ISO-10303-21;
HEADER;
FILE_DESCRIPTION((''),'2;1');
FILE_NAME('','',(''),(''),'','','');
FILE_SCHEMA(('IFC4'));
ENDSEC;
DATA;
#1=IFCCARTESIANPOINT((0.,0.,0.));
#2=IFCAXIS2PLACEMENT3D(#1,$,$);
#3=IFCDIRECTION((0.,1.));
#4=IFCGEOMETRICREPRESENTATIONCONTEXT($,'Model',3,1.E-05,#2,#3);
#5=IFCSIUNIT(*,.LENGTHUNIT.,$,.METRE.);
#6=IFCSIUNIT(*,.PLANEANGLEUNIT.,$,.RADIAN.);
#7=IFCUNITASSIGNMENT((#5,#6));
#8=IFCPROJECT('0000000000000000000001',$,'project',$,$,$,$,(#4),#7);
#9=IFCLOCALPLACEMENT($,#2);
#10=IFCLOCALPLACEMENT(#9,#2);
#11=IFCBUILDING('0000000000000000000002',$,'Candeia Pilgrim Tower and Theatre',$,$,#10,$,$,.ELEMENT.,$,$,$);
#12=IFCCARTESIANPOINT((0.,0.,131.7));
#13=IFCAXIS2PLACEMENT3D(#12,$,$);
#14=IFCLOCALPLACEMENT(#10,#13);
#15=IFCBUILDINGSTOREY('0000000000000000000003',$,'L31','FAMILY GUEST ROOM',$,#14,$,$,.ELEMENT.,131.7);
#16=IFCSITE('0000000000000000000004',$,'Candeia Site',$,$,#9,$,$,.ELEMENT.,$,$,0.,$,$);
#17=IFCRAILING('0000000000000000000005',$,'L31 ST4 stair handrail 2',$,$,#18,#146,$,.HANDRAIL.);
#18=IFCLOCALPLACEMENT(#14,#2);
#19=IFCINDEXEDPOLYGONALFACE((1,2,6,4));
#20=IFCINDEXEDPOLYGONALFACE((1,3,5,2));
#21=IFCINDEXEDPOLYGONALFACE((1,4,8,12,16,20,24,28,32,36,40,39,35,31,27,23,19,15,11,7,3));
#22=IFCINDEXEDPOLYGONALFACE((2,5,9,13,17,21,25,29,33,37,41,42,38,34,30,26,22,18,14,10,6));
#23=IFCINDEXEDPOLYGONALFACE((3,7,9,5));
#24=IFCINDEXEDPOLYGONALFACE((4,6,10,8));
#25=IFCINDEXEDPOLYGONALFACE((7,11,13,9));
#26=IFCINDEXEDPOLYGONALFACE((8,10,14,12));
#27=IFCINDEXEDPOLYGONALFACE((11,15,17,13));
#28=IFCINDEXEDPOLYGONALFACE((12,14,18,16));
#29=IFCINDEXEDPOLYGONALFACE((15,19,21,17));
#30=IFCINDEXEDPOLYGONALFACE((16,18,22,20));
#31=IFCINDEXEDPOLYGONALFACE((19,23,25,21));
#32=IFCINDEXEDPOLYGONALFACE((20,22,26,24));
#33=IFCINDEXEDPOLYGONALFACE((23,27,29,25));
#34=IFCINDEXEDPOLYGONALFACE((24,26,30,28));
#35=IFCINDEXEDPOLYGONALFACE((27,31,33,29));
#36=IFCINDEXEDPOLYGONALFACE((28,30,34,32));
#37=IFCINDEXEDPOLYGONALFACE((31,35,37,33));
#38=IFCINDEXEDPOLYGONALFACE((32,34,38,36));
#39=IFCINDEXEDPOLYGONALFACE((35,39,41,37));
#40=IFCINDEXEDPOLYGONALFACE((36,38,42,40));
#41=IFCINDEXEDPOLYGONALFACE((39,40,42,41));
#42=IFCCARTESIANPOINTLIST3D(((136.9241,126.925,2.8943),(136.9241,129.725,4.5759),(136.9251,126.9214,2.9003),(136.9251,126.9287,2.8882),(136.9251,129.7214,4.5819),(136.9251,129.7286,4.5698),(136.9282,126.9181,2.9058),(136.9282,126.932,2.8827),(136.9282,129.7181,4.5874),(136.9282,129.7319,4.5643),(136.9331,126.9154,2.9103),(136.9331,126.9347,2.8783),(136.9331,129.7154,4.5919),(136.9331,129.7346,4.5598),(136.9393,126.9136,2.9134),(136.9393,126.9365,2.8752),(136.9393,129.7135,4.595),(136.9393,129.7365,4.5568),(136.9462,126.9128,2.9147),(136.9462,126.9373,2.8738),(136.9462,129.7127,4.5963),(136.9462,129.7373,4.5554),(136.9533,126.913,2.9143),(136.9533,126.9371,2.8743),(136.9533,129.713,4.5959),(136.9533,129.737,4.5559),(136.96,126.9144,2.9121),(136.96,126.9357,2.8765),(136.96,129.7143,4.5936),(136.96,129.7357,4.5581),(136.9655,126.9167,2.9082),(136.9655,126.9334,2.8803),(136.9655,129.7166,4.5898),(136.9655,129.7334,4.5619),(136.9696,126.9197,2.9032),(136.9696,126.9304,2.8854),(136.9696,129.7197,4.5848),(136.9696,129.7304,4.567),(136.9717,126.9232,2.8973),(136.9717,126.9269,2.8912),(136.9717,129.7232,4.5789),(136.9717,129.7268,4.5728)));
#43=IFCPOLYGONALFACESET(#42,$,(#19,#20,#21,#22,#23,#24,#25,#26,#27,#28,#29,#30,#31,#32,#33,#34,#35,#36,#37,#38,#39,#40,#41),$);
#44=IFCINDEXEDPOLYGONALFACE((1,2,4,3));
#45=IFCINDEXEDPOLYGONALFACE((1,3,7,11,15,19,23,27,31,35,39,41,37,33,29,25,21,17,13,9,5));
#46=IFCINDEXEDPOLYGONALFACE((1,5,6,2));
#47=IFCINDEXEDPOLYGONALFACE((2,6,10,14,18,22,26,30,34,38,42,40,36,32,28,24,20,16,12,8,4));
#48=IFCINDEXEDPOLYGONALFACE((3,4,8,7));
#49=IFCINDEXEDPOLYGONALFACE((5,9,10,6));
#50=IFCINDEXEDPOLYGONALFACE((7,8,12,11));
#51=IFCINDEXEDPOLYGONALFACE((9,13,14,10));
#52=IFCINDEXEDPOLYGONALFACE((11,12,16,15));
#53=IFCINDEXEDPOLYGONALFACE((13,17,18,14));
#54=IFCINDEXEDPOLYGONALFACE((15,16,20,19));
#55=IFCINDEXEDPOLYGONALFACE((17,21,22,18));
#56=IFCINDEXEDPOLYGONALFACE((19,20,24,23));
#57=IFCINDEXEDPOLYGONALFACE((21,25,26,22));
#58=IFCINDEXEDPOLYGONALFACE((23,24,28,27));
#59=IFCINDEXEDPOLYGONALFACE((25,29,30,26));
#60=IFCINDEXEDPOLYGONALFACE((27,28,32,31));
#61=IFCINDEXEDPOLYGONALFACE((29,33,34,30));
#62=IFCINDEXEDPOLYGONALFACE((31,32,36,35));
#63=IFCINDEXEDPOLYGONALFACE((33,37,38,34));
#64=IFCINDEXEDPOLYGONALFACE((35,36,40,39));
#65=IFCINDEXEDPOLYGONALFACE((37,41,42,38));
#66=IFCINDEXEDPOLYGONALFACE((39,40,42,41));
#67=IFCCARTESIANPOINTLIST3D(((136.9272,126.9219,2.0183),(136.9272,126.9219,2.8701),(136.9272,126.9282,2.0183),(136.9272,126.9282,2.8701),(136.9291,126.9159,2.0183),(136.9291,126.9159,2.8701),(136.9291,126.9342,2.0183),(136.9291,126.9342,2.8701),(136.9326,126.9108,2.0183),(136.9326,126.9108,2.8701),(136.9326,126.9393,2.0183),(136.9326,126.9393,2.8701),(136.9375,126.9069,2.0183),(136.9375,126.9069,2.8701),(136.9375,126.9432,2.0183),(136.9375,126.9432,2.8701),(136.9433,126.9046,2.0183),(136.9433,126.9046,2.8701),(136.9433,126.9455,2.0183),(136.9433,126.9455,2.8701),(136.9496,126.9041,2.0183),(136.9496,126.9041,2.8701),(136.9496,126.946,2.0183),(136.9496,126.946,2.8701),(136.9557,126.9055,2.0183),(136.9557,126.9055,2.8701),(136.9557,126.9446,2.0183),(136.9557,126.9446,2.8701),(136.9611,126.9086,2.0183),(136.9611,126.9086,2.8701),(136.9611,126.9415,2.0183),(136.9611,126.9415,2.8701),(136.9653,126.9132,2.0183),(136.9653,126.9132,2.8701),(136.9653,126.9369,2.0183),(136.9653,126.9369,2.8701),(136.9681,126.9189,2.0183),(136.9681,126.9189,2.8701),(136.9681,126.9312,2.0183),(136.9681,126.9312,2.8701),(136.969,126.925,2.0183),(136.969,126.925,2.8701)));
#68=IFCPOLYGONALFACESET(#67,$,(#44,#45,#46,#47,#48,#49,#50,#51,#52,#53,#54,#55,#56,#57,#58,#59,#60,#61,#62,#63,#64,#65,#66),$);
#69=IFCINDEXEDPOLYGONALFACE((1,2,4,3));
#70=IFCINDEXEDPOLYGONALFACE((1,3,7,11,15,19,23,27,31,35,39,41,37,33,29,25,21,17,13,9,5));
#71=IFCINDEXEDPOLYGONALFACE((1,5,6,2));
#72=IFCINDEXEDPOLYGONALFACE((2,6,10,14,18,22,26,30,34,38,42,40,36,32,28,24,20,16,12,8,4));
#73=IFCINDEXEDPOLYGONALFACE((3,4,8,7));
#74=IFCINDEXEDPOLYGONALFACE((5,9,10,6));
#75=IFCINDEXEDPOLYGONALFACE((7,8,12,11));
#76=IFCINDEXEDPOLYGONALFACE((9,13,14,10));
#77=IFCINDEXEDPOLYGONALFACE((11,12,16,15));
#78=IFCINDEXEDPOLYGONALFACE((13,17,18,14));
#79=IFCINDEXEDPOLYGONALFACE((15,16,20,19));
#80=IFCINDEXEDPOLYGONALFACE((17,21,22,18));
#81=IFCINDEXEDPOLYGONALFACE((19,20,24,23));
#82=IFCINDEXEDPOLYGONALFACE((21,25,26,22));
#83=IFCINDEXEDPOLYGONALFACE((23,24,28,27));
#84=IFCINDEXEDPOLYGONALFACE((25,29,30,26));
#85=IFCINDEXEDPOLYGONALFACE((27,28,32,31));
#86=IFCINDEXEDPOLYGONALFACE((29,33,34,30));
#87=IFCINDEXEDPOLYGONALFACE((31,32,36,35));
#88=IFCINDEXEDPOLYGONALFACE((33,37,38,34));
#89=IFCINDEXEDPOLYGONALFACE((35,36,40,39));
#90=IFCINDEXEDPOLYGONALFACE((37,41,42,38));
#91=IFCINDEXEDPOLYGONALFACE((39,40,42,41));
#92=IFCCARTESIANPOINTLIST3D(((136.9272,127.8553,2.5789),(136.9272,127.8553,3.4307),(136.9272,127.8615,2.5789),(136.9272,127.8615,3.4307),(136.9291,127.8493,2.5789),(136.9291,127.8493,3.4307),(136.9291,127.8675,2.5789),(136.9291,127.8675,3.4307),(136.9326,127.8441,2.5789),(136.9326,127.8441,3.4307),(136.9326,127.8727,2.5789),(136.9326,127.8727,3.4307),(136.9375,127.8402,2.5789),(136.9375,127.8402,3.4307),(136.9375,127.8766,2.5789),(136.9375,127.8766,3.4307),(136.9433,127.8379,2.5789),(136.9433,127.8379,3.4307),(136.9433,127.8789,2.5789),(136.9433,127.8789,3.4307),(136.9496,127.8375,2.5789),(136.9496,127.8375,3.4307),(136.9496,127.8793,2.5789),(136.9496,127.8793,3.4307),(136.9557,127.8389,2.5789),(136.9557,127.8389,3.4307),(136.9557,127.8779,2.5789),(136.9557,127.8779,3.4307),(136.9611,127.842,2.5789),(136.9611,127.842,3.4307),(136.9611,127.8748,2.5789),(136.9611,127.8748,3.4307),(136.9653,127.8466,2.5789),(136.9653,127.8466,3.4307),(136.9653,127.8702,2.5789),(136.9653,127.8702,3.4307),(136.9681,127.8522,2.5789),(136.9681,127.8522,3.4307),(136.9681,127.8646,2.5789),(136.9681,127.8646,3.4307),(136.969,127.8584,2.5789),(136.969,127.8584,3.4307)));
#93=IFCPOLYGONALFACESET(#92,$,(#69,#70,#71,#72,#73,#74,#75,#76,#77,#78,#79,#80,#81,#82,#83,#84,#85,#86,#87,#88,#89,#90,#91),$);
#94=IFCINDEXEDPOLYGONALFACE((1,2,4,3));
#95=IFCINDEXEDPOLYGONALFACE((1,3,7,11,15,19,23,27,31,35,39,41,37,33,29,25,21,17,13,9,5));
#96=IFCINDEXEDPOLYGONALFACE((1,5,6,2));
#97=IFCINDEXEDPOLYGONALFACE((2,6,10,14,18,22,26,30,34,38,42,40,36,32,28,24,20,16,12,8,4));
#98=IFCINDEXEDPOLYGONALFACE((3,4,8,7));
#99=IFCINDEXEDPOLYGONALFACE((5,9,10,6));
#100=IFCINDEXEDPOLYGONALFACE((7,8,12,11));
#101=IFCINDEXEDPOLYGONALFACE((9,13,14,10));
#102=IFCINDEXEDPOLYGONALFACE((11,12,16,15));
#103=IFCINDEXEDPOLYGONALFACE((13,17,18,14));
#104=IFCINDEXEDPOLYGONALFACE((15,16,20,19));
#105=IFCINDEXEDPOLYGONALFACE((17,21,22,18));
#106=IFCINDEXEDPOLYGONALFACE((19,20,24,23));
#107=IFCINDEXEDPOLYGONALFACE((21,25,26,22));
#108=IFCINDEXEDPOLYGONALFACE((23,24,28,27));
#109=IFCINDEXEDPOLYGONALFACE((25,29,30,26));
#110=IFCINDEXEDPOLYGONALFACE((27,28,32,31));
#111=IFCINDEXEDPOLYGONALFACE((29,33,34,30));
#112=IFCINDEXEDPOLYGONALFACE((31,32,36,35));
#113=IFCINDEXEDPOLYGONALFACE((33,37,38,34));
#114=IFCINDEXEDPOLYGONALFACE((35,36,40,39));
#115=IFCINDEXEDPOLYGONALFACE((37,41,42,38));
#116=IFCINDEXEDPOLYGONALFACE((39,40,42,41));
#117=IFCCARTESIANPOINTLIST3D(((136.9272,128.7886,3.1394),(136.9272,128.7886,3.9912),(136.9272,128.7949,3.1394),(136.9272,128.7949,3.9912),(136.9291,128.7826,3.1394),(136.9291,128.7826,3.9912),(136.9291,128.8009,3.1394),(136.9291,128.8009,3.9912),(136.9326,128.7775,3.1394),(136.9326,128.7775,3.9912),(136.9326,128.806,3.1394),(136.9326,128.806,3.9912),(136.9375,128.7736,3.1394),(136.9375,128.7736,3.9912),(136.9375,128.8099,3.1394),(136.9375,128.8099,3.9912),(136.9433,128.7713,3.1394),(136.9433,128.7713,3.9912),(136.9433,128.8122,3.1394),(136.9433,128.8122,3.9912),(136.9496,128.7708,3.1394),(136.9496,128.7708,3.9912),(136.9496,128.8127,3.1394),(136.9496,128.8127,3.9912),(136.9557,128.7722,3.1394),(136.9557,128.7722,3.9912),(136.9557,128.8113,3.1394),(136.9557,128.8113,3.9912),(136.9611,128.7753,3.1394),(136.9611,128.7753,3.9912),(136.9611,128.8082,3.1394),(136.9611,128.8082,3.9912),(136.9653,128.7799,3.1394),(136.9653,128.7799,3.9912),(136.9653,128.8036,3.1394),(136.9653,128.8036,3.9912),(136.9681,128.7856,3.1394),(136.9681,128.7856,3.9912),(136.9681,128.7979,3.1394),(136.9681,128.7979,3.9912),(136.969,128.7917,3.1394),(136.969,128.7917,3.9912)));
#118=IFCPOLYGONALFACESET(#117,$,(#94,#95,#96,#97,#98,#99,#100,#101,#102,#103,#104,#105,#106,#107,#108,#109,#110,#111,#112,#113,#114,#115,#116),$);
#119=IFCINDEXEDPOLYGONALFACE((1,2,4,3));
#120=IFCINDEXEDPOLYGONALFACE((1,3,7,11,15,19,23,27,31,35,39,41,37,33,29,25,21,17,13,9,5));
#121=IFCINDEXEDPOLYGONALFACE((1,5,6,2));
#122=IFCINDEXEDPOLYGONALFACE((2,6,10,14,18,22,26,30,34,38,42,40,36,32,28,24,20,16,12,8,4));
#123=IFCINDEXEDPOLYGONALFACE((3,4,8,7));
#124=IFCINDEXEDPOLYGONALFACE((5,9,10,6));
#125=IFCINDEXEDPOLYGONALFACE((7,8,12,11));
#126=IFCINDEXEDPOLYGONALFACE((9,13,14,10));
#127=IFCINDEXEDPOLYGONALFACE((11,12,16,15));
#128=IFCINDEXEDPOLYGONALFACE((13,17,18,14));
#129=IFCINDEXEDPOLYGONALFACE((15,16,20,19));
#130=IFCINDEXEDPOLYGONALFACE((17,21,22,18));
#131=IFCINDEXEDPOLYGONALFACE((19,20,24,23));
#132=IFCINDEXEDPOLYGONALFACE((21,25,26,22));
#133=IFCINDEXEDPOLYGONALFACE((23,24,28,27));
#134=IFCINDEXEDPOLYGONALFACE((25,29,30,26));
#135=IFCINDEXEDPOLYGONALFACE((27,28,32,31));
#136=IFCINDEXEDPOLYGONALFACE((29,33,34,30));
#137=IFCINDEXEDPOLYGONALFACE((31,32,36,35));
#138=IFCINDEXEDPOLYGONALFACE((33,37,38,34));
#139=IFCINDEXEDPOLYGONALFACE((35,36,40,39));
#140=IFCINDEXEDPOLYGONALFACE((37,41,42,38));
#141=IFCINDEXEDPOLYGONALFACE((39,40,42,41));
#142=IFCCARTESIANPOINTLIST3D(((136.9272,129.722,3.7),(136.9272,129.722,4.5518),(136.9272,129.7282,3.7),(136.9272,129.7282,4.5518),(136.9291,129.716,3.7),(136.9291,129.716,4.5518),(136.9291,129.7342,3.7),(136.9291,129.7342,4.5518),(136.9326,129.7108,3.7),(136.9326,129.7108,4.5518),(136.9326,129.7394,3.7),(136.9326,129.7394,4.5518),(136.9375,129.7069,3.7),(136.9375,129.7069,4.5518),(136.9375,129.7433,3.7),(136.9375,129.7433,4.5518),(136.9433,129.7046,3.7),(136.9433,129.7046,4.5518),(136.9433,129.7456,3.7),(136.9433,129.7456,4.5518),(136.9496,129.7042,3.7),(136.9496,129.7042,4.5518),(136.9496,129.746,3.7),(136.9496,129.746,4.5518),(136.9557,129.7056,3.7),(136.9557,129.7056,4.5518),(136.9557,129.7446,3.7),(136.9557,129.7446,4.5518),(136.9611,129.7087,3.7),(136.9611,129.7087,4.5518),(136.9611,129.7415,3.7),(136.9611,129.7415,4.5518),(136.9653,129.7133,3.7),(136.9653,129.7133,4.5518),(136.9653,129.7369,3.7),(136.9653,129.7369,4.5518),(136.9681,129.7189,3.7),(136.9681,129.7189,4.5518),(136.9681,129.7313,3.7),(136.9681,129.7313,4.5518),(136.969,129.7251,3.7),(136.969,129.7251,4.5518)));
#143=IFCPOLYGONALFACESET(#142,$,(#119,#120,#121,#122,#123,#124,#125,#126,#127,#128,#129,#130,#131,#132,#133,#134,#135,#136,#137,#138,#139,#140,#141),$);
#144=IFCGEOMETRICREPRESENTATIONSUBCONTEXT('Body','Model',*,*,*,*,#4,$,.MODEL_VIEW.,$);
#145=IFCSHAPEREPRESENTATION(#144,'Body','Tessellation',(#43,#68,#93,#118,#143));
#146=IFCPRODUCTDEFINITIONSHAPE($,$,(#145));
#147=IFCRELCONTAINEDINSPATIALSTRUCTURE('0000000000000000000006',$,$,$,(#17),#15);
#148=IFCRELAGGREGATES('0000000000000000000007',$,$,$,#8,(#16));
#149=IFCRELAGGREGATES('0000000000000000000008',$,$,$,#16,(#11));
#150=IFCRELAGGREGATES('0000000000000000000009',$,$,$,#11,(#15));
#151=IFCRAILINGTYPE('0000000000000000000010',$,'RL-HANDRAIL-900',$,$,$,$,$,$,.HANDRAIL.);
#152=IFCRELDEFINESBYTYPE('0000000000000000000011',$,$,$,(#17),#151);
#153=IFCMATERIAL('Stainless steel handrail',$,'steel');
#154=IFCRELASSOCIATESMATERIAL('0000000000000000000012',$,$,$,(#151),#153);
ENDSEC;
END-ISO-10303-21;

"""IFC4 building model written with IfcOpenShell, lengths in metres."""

from ifc_helpers import new_model, si_unit, direction, frame, origin, origin_2d, place, context, subcontext, project, spatial, circle, extrude, material, type_object, element, save


model = new_model("IFC4")

# Units and contexts
model_context = context("Model", 3, precision=1e-05, world=origin(), true_north=direction((0.0, 1.0)))
body_context = subcontext(model_context, "Body", "Model", "MODEL_VIEW")
ifc_project = project(units=[si_unit("LENGTHUNIT", "METRE"), si_unit("PLANEANGLEUNIT", "RADIAN")], contexts=[model_context])

# Site, building, storey
site_placement = place(None, origin())
site = spatial("IfcSite", under=ifc_project, at=site_placement, Name="Candeia Site", CompositionType="ELEMENT", RefElevation=0.0)
building_placement = place(site_placement, origin())
building = spatial("IfcBuilding", under=site, at=building_placement, Name="Candeia Pilgrim Tower and Theatre", CompositionType="ELEMENT")
storey_placement = place(building_placement, frame((0.0, 0.0, 131.7)))
storey = spatial("IfcBuildingStorey", under=building, at=storey_placement, Name="L31", Description="FAMILY GUEST ROOM", CompositionType="ELEMENT", Elevation=131.7)

# Railing
ifc_material_1 = material(Name="Stainless steel handrail", Category="steel")
railing_type_1 = type_object("IfcRailingType", Name="RL-HANDRAIL-900", PredefinedType="HANDRAIL", material=ifc_material_1)
railing_1_placement = place(storey_placement, frame((136.948, 126.925, 2.0183)))
element("IfcRailing", 1, at=railing_1_placement, inside=storey, type_object=railing_type_1, Name="L31 ST4 stair handrail 2", PredefinedType="HANDRAIL", context=body_context, shape_type="SweptSolid", body=[
    extrude(circle(Radius=0.0239, at=origin_2d()), frame((0.0, 0.0, 0.876), z_axis=(0.0, 0.857275, 0.514858), x_axis=(-1.0, 0.0, 0.0)), (0.0, 0.0, 1.0), 3.2661),
    extrude(circle(Radius=0.021, at=origin_2d()), origin(), (0.0, 0.0, 1.0), 0.8518),
    extrude(circle(Radius=0.021, at=origin_2d()), frame((0.0, 0.9333, 0.5605)), (0.0, 0.0, 1.0), 0.8518),
    extrude(circle(Radius=0.021, at=origin_2d()), frame((0.0, 1.8667, 1.1211)), (0.0, 0.0, 1.0), 0.8518),
    extrude(circle(Radius=0.021, at=origin_2d()), frame((0.0, 2.8, 1.6816)), (0.0, 0.0, 1.0), 0.8518),
])

save(model, "model.ifc")
